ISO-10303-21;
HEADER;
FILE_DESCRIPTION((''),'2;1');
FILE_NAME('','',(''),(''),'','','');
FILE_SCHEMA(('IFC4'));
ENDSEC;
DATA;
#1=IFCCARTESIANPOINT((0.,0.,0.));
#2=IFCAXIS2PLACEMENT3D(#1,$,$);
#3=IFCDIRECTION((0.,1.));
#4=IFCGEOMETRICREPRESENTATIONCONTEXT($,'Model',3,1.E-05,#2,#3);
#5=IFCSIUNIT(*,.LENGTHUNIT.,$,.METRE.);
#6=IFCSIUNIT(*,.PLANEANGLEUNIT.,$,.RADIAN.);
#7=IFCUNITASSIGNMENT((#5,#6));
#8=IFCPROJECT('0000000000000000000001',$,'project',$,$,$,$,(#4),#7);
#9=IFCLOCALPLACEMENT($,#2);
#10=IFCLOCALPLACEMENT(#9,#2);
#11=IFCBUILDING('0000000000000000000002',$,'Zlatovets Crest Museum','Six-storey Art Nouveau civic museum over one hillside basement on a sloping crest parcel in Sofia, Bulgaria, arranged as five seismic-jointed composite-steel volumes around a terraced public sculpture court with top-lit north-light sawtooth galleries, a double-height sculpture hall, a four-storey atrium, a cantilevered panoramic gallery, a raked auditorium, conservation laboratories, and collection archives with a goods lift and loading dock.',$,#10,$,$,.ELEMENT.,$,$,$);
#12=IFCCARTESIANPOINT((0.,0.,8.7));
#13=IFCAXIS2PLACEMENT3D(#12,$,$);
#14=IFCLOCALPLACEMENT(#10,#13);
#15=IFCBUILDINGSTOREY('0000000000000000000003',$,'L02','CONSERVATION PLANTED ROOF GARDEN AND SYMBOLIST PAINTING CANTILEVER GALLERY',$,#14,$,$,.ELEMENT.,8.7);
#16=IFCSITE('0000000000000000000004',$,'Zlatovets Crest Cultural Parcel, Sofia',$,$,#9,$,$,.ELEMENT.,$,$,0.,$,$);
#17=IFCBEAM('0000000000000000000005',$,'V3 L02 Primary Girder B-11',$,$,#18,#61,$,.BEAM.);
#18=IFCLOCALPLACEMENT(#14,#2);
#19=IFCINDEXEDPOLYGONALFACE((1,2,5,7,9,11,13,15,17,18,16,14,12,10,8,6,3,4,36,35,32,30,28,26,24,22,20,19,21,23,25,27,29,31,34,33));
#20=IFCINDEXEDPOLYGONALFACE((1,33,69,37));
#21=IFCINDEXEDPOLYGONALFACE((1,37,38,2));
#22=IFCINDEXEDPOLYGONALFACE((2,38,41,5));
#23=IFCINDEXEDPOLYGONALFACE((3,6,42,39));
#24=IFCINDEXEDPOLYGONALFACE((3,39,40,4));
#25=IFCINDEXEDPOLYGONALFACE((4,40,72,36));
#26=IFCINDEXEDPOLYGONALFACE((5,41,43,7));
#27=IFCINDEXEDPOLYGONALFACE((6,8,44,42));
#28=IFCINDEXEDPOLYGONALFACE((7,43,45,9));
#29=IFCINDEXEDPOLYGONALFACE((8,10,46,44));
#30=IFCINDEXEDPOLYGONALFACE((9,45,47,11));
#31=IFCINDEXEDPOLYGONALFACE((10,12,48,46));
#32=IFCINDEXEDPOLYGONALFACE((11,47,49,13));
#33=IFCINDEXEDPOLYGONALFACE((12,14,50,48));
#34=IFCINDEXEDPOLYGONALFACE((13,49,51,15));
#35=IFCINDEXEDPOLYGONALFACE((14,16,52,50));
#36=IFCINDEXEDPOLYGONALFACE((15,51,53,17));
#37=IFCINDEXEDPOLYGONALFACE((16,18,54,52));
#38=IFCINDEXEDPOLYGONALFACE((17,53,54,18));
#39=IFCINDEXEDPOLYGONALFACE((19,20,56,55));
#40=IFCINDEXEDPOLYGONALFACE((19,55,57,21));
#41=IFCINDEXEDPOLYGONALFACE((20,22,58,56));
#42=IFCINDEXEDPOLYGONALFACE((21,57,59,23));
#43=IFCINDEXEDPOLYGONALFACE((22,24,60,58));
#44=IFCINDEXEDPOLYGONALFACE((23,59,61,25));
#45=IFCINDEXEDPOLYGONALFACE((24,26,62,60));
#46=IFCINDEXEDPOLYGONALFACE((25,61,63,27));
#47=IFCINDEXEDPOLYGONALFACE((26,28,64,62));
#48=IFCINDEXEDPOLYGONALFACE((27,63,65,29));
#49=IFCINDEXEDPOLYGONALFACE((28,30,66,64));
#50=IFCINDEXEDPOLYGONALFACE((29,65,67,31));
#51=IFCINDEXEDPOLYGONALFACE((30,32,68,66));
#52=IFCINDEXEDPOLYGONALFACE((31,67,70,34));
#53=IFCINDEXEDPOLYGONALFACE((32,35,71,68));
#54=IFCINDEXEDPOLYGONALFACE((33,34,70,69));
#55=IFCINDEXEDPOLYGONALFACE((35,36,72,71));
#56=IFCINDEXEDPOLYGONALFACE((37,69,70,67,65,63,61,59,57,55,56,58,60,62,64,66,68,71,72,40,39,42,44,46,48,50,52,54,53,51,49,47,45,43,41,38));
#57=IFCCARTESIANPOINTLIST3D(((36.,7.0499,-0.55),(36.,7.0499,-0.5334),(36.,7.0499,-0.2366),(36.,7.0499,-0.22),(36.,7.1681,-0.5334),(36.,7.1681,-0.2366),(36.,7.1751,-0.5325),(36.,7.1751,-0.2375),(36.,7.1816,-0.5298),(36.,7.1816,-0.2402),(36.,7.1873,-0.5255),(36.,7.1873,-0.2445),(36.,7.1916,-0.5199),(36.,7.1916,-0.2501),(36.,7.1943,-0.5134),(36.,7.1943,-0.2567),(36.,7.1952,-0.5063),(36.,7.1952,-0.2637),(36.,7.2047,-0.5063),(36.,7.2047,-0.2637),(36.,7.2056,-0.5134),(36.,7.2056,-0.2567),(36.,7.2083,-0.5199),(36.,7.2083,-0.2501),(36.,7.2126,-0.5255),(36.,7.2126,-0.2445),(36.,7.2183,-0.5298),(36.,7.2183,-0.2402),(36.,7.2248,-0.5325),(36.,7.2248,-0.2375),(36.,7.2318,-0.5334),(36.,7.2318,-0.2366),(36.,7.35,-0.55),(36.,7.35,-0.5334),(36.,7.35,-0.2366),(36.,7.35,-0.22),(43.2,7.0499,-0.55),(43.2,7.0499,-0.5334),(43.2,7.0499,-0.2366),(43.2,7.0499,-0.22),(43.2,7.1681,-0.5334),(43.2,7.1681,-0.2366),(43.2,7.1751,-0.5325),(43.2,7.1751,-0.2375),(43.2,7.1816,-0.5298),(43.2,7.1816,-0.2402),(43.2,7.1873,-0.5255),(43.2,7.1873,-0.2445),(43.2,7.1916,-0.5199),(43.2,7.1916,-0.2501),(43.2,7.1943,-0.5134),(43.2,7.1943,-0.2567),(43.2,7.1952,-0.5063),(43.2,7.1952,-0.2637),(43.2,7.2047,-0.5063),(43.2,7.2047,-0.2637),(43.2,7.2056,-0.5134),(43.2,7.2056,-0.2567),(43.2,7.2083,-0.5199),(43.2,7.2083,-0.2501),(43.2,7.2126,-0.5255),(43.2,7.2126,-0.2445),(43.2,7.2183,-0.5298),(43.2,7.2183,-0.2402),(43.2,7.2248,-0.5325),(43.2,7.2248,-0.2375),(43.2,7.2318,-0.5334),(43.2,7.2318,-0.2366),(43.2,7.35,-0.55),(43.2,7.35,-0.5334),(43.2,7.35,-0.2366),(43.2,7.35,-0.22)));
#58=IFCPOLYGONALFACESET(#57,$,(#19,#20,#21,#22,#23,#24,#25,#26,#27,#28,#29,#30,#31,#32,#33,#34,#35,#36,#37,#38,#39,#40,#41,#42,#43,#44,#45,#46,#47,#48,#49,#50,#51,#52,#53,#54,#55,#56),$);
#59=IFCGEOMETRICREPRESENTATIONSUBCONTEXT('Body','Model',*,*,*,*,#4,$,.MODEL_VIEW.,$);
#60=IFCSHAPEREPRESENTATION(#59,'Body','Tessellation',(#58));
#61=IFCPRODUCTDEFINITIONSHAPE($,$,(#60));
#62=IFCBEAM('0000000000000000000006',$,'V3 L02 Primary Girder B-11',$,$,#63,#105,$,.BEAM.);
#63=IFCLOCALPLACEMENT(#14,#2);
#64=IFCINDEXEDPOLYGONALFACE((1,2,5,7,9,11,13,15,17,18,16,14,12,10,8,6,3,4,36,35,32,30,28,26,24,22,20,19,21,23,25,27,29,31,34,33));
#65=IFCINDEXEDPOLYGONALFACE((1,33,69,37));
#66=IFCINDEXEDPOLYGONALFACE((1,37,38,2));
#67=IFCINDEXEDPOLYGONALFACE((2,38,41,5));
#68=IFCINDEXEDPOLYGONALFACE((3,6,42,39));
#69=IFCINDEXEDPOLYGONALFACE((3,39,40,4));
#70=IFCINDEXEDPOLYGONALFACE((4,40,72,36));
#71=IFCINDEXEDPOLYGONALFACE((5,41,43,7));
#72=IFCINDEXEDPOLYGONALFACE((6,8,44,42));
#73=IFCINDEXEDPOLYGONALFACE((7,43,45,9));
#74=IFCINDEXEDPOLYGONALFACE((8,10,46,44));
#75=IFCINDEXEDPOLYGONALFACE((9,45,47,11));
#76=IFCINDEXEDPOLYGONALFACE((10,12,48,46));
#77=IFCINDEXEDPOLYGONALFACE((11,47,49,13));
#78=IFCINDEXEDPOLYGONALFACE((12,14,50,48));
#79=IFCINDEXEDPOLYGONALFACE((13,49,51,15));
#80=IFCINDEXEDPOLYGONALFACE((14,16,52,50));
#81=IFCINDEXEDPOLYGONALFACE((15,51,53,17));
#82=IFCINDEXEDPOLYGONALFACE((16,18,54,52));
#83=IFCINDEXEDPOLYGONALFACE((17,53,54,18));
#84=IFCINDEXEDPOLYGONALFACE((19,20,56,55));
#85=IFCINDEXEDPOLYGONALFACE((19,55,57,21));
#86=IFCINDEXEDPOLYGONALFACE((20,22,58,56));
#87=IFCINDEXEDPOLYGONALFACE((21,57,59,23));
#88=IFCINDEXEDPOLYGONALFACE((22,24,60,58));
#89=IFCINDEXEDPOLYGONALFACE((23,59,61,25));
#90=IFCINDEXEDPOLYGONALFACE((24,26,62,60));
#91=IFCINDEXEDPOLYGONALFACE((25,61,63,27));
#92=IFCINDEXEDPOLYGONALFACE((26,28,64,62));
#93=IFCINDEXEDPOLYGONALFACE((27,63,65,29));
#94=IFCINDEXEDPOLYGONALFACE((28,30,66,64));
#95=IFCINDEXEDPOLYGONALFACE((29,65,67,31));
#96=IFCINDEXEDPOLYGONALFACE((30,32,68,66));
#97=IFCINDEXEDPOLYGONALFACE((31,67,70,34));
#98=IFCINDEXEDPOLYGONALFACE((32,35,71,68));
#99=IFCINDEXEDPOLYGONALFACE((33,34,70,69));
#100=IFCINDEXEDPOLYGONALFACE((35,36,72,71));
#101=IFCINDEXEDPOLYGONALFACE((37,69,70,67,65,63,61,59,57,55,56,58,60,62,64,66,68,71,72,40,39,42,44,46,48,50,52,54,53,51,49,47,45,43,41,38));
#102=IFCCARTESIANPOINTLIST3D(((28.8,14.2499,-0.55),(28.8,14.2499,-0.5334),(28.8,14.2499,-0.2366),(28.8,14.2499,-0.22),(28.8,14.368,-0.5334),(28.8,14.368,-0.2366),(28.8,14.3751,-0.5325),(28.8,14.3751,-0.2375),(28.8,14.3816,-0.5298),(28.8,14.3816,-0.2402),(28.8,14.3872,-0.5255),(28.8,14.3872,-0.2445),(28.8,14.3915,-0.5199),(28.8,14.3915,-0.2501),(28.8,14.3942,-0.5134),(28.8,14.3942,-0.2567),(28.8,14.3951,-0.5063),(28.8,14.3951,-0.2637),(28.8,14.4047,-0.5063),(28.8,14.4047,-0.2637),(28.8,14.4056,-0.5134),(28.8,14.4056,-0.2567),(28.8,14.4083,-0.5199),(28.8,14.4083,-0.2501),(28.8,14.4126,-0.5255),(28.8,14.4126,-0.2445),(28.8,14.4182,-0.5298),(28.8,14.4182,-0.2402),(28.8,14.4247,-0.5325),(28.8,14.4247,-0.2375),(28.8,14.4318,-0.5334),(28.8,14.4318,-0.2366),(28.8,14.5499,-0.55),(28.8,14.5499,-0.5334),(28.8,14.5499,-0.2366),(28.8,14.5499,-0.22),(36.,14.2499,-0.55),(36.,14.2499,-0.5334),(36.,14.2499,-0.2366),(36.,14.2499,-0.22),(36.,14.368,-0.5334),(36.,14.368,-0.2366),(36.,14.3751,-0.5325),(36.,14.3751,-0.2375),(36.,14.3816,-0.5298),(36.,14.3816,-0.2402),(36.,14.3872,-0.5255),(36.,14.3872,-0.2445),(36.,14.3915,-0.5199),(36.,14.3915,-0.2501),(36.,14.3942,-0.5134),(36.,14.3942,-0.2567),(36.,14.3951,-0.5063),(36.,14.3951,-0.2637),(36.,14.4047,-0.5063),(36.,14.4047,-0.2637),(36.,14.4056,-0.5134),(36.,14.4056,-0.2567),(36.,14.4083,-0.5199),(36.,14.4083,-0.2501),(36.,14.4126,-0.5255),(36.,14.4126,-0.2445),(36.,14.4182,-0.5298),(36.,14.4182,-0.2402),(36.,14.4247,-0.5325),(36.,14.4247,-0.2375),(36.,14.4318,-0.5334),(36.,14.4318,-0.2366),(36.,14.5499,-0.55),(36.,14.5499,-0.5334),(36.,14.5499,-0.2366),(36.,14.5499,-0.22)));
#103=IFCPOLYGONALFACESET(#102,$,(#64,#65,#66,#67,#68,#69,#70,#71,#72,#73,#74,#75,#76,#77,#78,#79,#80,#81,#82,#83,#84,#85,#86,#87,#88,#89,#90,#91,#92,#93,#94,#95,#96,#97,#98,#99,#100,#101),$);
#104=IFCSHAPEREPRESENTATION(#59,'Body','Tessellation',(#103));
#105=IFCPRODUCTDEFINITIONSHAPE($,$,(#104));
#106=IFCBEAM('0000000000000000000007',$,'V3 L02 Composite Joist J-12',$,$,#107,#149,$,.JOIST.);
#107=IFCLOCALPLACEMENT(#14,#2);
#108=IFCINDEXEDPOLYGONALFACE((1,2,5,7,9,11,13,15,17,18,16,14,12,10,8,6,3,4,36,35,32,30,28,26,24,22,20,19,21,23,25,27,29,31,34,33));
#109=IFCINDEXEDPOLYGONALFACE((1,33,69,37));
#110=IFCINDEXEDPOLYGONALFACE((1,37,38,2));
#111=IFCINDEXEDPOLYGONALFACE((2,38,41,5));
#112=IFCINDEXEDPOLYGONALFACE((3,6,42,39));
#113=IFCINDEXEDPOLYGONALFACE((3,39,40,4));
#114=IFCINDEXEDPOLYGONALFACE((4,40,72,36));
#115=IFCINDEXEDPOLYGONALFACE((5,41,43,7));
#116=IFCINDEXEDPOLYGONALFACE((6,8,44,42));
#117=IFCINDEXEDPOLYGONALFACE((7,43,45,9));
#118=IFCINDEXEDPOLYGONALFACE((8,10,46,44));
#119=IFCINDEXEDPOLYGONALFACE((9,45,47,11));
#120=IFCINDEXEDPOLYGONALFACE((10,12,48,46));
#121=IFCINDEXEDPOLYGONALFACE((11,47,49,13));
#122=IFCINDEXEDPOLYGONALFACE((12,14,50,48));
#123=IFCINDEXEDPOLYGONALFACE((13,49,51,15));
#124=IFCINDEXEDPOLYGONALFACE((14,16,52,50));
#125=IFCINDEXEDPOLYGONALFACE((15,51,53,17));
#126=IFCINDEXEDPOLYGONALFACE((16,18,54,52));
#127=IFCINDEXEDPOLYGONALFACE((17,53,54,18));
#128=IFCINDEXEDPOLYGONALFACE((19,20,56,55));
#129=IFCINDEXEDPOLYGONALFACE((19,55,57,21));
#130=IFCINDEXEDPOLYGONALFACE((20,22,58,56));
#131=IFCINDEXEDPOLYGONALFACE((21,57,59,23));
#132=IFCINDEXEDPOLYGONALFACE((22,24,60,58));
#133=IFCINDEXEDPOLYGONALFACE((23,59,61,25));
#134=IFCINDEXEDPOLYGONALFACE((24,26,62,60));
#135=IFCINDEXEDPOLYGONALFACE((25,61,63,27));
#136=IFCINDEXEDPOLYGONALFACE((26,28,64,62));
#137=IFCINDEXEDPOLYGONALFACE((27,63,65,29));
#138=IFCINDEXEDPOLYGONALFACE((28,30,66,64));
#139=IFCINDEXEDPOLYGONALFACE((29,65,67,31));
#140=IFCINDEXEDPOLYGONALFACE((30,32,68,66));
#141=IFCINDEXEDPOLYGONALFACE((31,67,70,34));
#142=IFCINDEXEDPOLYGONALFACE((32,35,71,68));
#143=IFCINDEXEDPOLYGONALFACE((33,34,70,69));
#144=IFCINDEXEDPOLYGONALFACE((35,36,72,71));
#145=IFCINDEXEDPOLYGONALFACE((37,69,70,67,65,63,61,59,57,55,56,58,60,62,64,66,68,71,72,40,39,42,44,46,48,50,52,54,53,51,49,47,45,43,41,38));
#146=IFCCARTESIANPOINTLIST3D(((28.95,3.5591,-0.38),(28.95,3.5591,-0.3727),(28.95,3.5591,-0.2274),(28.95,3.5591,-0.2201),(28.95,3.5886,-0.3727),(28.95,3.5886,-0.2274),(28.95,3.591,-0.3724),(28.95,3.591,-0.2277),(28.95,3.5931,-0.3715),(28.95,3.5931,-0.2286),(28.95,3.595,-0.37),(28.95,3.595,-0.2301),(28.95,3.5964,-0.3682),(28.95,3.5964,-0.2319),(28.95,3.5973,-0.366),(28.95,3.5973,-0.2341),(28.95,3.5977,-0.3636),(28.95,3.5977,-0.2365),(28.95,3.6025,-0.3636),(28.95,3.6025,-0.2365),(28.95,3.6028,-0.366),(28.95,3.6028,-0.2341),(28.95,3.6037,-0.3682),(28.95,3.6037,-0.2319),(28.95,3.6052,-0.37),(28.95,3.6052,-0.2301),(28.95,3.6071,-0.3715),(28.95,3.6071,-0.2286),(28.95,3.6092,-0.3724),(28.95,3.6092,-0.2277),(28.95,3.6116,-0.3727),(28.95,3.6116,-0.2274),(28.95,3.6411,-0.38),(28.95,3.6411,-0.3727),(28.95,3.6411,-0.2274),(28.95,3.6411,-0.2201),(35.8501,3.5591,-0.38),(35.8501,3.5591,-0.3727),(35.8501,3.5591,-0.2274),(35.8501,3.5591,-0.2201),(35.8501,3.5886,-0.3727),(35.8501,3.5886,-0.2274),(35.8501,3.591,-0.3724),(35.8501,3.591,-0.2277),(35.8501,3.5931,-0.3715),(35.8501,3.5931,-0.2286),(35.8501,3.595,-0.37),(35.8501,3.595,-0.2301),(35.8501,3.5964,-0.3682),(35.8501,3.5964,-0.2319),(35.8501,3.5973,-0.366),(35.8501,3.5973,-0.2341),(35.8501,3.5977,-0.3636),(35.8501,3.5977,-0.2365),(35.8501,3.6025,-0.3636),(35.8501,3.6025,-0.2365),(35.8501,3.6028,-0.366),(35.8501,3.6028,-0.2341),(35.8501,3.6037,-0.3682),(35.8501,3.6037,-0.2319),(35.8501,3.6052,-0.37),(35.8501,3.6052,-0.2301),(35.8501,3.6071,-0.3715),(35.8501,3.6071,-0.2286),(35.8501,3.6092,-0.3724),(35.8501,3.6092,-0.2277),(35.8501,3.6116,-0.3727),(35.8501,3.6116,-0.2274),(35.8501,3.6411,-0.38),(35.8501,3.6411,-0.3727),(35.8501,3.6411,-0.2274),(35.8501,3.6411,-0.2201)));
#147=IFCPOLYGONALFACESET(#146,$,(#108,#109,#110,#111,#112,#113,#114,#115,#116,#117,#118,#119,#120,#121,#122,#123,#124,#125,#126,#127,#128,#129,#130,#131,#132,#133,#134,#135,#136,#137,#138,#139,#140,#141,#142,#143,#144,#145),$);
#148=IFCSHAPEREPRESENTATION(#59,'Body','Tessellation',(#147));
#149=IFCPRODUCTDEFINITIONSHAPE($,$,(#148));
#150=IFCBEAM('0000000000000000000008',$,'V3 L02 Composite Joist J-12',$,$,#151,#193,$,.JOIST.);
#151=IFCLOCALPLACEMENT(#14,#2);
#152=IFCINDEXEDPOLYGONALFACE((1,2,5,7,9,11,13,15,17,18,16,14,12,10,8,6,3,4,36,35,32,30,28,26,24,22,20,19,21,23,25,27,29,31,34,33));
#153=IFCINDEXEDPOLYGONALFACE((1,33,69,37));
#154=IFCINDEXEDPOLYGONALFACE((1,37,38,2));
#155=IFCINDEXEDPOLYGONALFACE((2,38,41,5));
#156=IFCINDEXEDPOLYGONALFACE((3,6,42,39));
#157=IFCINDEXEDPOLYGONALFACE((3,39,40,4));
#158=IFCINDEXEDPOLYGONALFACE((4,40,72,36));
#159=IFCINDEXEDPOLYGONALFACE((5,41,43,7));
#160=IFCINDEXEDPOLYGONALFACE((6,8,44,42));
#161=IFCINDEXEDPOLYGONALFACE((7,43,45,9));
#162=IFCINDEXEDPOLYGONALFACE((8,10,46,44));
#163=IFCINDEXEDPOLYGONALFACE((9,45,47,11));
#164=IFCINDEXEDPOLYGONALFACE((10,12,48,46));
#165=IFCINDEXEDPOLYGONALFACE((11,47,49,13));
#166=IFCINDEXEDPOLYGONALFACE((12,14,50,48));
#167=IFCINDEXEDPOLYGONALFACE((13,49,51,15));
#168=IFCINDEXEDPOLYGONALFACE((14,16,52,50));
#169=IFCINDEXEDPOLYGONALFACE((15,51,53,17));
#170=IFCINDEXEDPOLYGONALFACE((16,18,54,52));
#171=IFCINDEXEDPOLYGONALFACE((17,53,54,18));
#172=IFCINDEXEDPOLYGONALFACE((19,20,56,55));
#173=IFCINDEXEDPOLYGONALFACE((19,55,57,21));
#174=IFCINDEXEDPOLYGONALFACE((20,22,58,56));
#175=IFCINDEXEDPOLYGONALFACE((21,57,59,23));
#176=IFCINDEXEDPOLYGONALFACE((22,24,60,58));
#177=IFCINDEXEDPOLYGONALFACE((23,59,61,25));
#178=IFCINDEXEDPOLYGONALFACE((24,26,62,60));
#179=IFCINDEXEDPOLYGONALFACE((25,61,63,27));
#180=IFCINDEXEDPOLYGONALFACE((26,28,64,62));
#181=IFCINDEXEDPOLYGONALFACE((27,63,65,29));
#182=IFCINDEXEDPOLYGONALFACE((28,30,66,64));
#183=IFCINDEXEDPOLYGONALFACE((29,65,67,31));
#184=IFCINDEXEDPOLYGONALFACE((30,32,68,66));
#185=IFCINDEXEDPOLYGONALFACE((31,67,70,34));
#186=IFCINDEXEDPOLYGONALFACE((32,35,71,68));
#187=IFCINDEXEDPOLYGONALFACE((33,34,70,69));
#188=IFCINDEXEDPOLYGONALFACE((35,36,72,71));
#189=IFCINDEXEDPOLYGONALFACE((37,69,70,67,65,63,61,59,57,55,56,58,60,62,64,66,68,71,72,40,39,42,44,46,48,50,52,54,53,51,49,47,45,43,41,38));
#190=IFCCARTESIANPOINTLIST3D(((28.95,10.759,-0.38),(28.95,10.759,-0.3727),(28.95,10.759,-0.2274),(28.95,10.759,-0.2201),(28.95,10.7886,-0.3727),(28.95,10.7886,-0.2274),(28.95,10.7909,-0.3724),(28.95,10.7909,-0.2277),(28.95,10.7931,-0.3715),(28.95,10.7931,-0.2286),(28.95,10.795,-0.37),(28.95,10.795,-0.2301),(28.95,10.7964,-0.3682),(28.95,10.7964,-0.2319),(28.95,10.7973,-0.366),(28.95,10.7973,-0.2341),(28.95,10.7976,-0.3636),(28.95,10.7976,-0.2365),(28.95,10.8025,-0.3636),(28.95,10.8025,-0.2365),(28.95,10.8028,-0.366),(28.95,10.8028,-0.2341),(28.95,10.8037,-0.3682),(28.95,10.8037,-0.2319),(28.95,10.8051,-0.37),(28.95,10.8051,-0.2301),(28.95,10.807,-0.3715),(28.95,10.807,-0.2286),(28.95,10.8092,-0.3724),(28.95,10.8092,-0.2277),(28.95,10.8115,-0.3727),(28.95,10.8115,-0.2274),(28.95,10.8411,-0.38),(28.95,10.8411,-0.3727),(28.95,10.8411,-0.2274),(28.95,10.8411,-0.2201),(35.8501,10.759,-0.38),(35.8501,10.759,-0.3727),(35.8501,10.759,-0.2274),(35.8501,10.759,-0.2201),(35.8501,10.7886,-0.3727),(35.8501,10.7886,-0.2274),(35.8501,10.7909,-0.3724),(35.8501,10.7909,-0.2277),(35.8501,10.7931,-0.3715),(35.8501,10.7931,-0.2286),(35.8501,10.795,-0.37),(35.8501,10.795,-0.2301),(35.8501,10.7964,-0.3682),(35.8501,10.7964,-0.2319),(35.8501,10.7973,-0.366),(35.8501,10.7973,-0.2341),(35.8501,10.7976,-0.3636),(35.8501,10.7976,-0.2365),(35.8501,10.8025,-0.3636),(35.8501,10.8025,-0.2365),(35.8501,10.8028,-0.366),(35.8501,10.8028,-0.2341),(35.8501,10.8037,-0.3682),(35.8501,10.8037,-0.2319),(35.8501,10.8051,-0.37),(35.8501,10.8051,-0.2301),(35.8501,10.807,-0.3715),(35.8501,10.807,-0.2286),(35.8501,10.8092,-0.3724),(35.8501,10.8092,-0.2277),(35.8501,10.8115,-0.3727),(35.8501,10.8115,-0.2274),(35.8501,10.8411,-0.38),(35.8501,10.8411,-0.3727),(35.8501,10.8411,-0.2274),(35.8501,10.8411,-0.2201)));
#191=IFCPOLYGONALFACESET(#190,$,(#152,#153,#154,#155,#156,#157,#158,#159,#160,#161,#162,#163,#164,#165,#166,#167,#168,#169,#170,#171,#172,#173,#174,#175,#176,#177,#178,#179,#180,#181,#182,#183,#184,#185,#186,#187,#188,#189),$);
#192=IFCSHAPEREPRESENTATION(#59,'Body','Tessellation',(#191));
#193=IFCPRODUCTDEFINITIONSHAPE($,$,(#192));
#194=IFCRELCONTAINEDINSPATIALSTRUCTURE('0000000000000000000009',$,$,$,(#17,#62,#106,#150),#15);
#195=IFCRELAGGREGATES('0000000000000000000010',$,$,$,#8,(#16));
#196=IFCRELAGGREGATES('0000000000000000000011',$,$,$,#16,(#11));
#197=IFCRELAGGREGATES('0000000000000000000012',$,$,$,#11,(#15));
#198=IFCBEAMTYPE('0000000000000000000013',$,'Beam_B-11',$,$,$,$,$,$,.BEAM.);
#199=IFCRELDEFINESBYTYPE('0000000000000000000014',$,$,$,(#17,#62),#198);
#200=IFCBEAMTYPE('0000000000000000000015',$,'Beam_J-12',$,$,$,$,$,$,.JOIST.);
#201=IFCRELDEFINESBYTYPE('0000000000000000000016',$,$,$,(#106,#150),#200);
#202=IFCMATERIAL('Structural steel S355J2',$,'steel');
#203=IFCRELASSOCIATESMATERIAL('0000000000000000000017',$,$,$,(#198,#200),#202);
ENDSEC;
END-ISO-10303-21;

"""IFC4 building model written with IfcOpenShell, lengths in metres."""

from ifc_helpers import new_model, si_unit, direction, frame, origin, origin_2d, place, context, subcontext, project, spatial, i_section, extrude, material, material_profile, profile_set, type_object, element, save


model = new_model("IFC4")

# Units and contexts
model_context = context("Model", 3, precision=1e-05, world=origin(), true_north=direction((0.0, 1.0)))
body_context = subcontext(model_context, "Body", "Model", "MODEL_VIEW")
ifc_project = project(units=[si_unit("LENGTHUNIT", "METRE"), si_unit("PLANEANGLEUNIT", "RADIAN")], contexts=[model_context])

# Site, building, storey
site_placement = place(None, origin())
site = spatial("IfcSite", under=ifc_project, at=site_placement, Name="Zlatovets Crest Cultural Parcel, Sofia", CompositionType="ELEMENT", RefElevation=0.0)
building_placement = place(site_placement, origin())
building = spatial("IfcBuilding", under=site, at=building_placement, Name="Zlatovets Crest Museum", Description="Six-storey Art Nouveau civic museum over one hillside basement on a sloping crest parcel in Sofia, Bulgaria, arranged as five seismic-jointed composite-steel volumes around a terraced public sculpture court with top-lit north-light sawtooth galleries, a double-height sculpture hall, a four-storey atrium, a cantilevered panoramic gallery, a raked auditorium, conservation laboratories, and collection archives with a goods lift and loading dock.", CompositionType="ELEMENT")
storey_placement = place(building_placement, frame((0.0, 0.0, 8.7)))
storey = spatial("IfcBuildingStorey", under=building, at=storey_placement, Name="L02", Description="CONSERVATION PLANTED ROOF GARDEN AND SYMBOLIST PAINTING CANTILEVER GALLERY", CompositionType="ELEMENT", Elevation=8.7)

# Shared definitions
ifc_material_1 = material(Name="Structural steel S355J2", Category="steel")

# Beams
ifc_material_profile_1 = material_profile(ifc_material_1, i_section(OverallWidth=0.3, OverallDepth=0.3301, WebThickness=0.0095, FlangeThickness=0.0166, FilletRadius=0.0271, at=origin_2d()), Name="HEA 340")
ifc_profile_set_1 = profile_set([ifc_material_profile_1], Name="Structural steel S355J2")
beam_type_1 = type_object("IfcBeamType", Name="Beam_B-11", PredefinedType="BEAM", material=ifc_profile_set_1)
for number, where, z_axis, x_axis, name in (
    (1, (36.0, 7.2, -0.385), (1.0, 0.0, 0.0), (0.0, 1.0, 0.0), "V3 L02 Primary Girder B-11"),
    (2, (28.8, 14.3999, -0.385), (1.0, 0.0, 0.0), (0.0, 1.0, 0.0), "V3 L02 Primary Girder B-11"),
):
    element("IfcBeam", number, at=place(storey_placement, frame(where, z_axis=z_axis, x_axis=x_axis)), inside=storey, type_object=beam_type_1, Name=name, PredefinedType="BEAM", context=body_context, shape_type="SweptSolid", body=[
        extrude(i_section(OverallWidth=0.3, OverallDepth=0.3301, WebThickness=0.0095, FlangeThickness=0.0166, FilletRadius=0.0271, at=origin_2d()), origin(), (0.0, 0.0, 1.0), 7.2),
    ])
ifc_material_profile_2 = material_profile(ifc_material_1, i_section(OverallWidth=0.082, OverallDepth=0.1599, WebThickness=0.0049, FlangeThickness=0.0073, FilletRadius=0.009, at=origin_2d()), Name="IPE 160")
ifc_profile_set_2 = profile_set([ifc_material_profile_2], Name="Structural steel S355J2")
beam_type_2 = type_object("IfcBeamType", Name="Beam_J-12", PredefinedType="JOIST", material=ifc_profile_set_2)
for number, where, z_axis, x_axis, name in (
    (3, (28.95, 3.6001, -0.3), (1.0, 0.0, 0.0), (0.0, 1.0, 0.0), "V3 L02 Composite Joist J-12"),
    (4, (28.95, 10.8, -0.3), (1.0, 0.0, 0.0), (0.0, 1.0, 0.0), "V3 L02 Composite Joist J-12"),
):
    element("IfcBeam", number, at=place(storey_placement, frame(where, z_axis=z_axis, x_axis=x_axis)), inside=storey, type_object=beam_type_2, Name=name, PredefinedType="JOIST", context=body_context, shape_type="SweptSolid", body=[
        extrude(i_section(OverallWidth=0.082, OverallDepth=0.1599, WebThickness=0.0049, FlangeThickness=0.0073, FilletRadius=0.009, at=origin_2d()), origin(), (0.0, 0.0, 1.0), 6.9001),
    ])

save(model, "model.ifc")
